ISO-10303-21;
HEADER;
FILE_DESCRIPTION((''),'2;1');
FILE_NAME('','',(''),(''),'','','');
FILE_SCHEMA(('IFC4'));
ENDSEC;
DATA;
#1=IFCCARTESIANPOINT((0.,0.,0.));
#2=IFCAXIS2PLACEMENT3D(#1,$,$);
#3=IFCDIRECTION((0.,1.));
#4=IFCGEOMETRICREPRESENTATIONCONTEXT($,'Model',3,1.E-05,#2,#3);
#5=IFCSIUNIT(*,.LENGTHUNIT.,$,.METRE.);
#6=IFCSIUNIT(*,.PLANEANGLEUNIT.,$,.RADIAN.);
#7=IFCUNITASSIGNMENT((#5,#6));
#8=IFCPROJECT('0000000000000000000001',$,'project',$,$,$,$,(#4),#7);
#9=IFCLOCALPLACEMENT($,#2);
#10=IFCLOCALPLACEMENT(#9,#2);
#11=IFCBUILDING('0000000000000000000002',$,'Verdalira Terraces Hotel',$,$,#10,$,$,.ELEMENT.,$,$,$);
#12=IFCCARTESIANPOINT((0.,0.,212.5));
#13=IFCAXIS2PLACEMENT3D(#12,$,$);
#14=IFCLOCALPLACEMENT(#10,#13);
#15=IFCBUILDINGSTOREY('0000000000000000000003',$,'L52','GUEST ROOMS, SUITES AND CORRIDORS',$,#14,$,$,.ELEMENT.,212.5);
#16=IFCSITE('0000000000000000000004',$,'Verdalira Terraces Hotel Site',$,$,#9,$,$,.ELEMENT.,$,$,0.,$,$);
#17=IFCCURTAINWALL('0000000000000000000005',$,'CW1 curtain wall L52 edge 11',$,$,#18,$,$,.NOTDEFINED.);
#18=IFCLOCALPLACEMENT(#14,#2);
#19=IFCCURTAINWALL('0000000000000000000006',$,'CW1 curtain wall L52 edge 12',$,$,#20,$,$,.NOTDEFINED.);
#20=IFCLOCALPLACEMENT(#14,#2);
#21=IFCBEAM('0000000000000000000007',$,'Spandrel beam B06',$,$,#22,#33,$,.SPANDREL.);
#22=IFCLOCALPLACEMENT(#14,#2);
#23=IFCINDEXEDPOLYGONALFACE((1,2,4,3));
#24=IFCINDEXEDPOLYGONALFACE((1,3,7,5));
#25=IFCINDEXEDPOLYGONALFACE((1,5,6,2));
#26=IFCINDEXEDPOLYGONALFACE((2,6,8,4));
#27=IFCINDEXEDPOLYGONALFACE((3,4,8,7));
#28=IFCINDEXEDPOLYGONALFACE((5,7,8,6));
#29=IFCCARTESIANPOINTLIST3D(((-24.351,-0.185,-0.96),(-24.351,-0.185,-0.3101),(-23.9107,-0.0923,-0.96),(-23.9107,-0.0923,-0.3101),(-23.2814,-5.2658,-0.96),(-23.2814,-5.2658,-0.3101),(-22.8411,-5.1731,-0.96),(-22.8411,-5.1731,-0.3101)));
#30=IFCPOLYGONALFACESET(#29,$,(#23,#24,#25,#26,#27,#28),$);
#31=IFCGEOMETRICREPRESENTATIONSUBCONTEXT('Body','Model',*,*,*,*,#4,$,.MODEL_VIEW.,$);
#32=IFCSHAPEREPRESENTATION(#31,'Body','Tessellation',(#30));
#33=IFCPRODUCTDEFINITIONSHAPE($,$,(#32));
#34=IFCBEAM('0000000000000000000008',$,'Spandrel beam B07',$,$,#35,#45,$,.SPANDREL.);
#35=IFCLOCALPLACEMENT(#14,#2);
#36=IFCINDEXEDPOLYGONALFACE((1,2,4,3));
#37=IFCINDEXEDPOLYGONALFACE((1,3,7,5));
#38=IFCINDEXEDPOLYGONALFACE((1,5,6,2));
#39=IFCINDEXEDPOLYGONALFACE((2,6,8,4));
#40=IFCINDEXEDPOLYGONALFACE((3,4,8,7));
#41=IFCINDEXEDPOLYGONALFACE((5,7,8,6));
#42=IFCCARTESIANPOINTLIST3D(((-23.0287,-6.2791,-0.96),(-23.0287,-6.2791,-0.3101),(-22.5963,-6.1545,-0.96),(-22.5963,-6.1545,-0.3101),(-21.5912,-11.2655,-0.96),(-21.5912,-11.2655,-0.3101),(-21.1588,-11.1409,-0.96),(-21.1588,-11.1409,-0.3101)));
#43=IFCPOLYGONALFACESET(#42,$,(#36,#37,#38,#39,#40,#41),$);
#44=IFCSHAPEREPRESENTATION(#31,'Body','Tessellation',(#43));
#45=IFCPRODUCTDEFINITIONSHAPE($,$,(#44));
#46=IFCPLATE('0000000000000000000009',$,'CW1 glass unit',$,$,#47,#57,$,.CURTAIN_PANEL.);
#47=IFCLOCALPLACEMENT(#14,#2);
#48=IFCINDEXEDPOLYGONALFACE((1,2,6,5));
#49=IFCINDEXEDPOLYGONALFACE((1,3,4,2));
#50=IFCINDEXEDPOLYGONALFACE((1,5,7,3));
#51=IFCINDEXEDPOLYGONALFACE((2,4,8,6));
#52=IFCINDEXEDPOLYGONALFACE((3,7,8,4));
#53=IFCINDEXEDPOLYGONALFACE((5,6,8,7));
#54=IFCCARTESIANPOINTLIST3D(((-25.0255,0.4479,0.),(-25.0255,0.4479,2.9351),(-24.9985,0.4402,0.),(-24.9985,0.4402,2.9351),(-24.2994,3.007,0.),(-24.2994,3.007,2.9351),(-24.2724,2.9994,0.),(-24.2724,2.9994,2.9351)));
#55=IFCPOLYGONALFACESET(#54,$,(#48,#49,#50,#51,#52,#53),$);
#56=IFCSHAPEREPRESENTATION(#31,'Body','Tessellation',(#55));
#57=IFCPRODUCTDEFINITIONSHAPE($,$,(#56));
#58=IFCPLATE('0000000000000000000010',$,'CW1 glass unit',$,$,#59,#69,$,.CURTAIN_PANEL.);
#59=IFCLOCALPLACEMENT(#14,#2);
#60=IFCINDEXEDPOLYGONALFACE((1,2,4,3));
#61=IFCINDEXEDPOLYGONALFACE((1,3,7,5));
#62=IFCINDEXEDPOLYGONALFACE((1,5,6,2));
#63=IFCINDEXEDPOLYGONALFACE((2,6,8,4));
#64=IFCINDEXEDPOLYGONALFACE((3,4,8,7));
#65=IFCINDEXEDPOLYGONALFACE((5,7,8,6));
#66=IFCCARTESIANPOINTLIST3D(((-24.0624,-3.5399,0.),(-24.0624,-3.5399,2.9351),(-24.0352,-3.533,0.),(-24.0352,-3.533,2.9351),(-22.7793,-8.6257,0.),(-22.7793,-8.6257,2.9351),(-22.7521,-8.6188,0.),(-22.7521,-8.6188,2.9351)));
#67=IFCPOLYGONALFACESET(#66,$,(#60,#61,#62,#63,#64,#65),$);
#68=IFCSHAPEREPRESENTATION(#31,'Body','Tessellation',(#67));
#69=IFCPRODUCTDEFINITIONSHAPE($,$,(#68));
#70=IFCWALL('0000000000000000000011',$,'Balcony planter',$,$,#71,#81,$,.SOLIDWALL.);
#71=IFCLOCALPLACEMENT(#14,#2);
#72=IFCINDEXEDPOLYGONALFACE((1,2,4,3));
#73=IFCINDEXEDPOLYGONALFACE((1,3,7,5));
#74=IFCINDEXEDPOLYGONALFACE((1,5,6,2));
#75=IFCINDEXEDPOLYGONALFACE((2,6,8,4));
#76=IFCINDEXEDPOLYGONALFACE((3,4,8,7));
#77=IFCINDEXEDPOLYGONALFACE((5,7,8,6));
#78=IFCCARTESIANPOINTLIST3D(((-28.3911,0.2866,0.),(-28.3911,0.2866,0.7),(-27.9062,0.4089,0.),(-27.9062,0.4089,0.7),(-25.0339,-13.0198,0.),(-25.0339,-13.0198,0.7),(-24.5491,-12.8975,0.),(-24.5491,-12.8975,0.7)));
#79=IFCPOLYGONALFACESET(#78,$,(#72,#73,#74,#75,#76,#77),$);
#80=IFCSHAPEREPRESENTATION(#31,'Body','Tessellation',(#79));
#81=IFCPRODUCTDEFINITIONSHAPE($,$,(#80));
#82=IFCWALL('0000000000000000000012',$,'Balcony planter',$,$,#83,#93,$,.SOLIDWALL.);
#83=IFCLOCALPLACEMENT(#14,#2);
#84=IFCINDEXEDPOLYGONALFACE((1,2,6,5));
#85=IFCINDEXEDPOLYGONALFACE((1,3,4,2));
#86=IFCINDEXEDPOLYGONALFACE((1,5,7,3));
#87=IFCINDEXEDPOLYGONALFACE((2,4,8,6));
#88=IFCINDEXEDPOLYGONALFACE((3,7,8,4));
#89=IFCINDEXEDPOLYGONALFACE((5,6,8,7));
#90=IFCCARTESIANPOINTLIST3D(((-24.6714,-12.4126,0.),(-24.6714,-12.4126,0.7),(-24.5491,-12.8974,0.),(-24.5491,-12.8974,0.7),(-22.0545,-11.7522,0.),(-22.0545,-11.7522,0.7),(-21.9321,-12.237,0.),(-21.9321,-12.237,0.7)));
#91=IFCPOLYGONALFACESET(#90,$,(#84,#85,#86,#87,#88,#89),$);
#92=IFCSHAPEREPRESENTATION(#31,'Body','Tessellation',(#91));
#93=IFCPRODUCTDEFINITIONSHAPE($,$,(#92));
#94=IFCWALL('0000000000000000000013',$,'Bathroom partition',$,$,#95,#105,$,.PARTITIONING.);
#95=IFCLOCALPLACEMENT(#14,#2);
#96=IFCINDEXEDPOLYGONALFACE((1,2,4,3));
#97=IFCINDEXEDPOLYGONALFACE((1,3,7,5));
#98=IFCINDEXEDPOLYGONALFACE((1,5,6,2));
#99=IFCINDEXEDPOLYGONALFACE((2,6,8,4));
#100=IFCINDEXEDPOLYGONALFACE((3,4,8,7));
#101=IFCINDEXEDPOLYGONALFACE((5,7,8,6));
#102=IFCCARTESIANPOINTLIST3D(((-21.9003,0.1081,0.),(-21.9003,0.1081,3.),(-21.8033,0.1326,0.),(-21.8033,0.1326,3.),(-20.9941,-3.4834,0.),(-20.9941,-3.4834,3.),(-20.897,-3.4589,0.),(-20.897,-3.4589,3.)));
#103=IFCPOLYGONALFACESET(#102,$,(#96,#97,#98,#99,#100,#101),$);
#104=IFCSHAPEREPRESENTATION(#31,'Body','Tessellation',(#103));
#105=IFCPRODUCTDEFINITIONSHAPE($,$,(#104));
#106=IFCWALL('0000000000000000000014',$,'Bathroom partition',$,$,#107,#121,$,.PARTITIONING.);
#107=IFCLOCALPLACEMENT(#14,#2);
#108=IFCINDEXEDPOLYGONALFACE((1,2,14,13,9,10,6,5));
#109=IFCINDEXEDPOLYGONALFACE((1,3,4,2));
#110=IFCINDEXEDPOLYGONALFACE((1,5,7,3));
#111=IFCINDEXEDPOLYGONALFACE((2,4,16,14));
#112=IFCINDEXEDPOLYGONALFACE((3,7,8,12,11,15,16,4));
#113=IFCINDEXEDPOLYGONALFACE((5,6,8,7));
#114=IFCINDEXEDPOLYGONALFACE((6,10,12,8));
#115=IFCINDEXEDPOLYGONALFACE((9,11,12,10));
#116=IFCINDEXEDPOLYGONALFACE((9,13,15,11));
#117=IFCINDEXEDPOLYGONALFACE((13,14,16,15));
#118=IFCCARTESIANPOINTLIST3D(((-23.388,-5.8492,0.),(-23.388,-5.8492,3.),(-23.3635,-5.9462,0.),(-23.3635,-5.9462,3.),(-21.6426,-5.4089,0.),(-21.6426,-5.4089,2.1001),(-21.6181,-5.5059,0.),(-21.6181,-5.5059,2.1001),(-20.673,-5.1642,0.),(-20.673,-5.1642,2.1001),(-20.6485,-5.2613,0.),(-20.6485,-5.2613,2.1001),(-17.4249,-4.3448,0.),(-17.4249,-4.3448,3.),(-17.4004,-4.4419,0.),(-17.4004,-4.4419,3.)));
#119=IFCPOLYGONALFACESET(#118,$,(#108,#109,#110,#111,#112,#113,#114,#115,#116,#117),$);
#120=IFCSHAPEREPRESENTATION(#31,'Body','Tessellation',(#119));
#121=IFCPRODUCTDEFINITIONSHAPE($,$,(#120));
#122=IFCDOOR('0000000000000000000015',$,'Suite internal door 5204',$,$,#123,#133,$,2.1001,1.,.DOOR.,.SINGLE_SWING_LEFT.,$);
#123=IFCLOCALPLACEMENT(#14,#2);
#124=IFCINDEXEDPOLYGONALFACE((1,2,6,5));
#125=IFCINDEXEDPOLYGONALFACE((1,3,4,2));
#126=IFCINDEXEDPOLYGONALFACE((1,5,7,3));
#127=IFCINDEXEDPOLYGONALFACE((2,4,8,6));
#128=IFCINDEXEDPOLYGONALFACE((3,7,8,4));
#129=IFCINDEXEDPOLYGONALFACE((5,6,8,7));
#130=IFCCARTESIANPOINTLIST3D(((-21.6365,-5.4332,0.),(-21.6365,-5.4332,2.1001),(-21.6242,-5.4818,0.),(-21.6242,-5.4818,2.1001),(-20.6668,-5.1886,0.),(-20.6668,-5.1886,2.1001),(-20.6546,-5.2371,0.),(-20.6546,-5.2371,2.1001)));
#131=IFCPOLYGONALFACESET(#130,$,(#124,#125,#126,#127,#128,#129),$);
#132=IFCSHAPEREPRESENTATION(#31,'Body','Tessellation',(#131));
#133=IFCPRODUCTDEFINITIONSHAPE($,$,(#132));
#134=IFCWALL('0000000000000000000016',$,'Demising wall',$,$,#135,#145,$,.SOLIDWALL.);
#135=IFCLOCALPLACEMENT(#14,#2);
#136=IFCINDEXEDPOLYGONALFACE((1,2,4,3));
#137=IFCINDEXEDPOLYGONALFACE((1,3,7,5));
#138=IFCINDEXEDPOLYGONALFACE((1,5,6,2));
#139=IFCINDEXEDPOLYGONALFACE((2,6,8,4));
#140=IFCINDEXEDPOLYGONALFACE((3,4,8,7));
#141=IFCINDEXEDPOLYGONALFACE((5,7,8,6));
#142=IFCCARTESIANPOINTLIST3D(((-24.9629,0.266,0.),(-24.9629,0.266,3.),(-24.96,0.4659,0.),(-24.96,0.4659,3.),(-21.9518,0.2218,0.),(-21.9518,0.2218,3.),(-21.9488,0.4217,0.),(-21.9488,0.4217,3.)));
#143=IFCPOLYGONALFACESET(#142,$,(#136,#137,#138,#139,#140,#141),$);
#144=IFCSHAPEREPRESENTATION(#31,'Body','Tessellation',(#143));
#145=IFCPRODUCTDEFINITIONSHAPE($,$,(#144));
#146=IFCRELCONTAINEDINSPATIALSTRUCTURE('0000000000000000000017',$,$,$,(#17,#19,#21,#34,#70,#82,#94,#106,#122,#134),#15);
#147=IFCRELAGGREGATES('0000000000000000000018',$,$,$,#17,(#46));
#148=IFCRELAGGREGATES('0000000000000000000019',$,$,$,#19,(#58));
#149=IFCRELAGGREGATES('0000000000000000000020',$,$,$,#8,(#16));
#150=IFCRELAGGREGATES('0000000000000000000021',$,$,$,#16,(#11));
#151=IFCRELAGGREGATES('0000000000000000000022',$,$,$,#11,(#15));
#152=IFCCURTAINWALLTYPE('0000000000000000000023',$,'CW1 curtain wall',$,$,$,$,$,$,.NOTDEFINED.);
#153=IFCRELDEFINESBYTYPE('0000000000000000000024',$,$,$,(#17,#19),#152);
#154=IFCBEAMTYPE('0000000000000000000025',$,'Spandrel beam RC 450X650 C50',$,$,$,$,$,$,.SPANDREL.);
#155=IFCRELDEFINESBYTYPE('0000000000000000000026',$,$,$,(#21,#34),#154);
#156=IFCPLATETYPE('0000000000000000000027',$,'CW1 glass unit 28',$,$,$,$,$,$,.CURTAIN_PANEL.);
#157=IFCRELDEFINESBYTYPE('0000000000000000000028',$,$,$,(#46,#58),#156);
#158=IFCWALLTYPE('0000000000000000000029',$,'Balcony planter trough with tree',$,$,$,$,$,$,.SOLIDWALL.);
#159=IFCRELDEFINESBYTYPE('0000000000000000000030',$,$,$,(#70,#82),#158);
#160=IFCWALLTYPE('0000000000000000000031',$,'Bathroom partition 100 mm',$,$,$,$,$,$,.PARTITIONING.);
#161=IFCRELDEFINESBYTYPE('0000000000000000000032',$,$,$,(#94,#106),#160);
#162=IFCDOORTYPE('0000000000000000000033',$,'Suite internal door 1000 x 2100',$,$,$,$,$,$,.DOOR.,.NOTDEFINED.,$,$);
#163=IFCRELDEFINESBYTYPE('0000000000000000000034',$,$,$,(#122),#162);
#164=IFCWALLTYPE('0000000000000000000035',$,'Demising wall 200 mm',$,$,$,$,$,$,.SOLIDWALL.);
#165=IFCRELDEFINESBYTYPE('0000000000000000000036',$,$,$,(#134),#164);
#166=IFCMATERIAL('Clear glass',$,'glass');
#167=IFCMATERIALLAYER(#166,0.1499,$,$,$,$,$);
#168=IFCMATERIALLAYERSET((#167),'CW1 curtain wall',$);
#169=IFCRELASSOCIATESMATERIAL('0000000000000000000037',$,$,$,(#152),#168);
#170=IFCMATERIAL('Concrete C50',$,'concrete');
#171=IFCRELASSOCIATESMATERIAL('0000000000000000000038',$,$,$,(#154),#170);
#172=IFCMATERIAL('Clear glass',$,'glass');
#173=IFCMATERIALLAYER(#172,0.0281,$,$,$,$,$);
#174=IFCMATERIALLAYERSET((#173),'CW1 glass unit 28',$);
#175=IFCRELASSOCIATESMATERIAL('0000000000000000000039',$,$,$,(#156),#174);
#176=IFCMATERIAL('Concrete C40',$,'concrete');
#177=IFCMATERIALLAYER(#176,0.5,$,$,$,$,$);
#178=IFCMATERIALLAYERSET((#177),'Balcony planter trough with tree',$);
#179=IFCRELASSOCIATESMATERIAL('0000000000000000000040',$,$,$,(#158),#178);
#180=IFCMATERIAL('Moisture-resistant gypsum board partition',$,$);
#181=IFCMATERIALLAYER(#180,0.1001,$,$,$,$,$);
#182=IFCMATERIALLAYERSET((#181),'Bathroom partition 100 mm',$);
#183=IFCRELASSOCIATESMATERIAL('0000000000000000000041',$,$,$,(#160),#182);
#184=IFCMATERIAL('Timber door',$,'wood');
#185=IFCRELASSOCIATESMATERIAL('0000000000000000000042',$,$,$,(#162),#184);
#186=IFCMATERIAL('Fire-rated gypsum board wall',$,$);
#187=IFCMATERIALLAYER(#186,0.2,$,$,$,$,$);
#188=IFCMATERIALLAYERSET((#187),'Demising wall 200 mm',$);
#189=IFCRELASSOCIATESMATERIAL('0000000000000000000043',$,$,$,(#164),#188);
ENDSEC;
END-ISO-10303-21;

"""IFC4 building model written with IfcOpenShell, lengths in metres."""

from ifc_helpers import new_model, si_unit, direction, frame, frame_2d, origin, origin_2d, place, context, subcontext, project, spatial, rectangle, extrude, material, layer, layer_set, material_profile, profile_set, type_object, element, fill, aggregate, save


model = new_model("IFC4")

# Units and contexts
model_context = context("Model", 3, precision=1e-05, world=origin(), true_north=direction((0.0, 1.0)))
body_context = subcontext(model_context, "Body", "Model", "MODEL_VIEW")
ifc_project = project(units=[si_unit("LENGTHUNIT", "METRE"), si_unit("PLANEANGLEUNIT", "RADIAN")], contexts=[model_context])

# Site, building, storey
site_placement = place(None, origin())
site = spatial("IfcSite", under=ifc_project, at=site_placement, Name="Verdalira Terraces Hotel Site", CompositionType="ELEMENT", RefElevation=0.0)
building_placement = place(site_placement, origin())
building = spatial("IfcBuilding", under=site, at=building_placement, Name="Verdalira Terraces Hotel", CompositionType="ELEMENT")
storey_placement = place(building_placement, frame((0.0, 0.0, 212.5)))
storey = spatial("IfcBuildingStorey", under=building, at=storey_placement, Name="L52", Description="GUEST ROOMS, SUITES AND CORRIDORS", CompositionType="ELEMENT", Elevation=212.5)

# Curtain wall
ifc_material_1 = material(Name="Clear glass", Category="glass")
ifc_layer_1 = layer(ifc_material_1, 0.1499)
ifc_layer_set_1 = layer_set([ifc_layer_1], Name="CW1 curtain wall")
curtain_wall_type = type_object("IfcCurtainWallType", Name="CW1 curtain wall", PredefinedType="NOTDEFINED", material=ifc_layer_set_1)
curtain_wall_1_placement = place(storey_placement, origin())
curtain_wall_1 = element("IfcCurtainWall", 1, at=curtain_wall_1_placement, inside=storey, type_object=curtain_wall_type, Name="CW1 curtain wall L52 edge 11", PredefinedType="NOTDEFINED")

# Curtain wall
curtain_wall_2_placement = place(storey_placement, origin())
curtain_wall_2 = element("IfcCurtainWall", 2, at=curtain_wall_2_placement, inside=storey, type_object=curtain_wall_type, Name="CW1 curtain wall L52 edge 12", PredefinedType="NOTDEFINED")

# Beams
ifc_material_2 = material(Name="Concrete C50", Category="concrete")
ifc_material_profile_1 = material_profile(ifc_material_2, rectangle(XDim=0.45, YDim=0.6499, at=origin_2d()), Name="RC 450X650")
ifc_profile_set_1 = profile_set([ifc_material_profile_1], Name="Concrete C50")
beam_type_1 = type_object("IfcBeamType", Name="Spandrel beam RC 450X650 C50", PredefinedType="SPANDREL", material=ifc_profile_set_1)
beam_1_placement = place(storey_placement, frame((-24.1309, -0.1387, -0.635), z_axis=(0.205999, -0.978552, 0.0), x_axis=(0.978552, 0.205999, 0.0)))
element("IfcBeam", 3, at=beam_1_placement, inside=storey, type_object=beam_type_1, Name="Spandrel beam B06", PredefinedType="SPANDREL", context=body_context, shape_type="SweptSolid", body=[
    extrude(rectangle(XDim=0.45, YDim=0.6499, at=origin_2d()), origin(), (0.0, 0.0, 1.0), 5.1921),
])
beam_2_placement = place(storey_placement, frame((-22.8125, -6.2168, -0.635), z_axis=(0.277007, -0.960868, 0.0), x_axis=(0.960868, 0.277007, 0.0)))
element("IfcBeam", 4, at=beam_2_placement, inside=storey, type_object=beam_type_1, Name="Spandrel beam B07", PredefinedType="SPANDREL", context=body_context, shape_type="SweptSolid", body=[
    extrude(rectangle(XDim=0.45, YDim=0.6499, at=origin_2d()), origin(), (0.0, 0.0, 1.0), 5.1895),
])

# Plates
ifc_material_3 = material(Name="Clear glass", Category="glass")
ifc_layer_2 = layer(ifc_material_3, 0.0281)
ifc_layer_set_2 = layer_set([ifc_layer_2], Name="CW1 glass unit 28")
plate_type = type_object("IfcPlateType", Name="CW1 glass unit 28", PredefinedType="CURTAIN_PANEL", material=ifc_layer_set_2)
plate_1_placement = place(storey_placement, frame((-24.6489, 1.7236, 0.0), z_axis=(0.0, 0.0, 1.0), x_axis=(-0.272952, -0.962028, 0.0)))
plate_1 = element("IfcPlate", 5, at=plate_1_placement, type_object=plate_type, Name="CW1 glass unit", PredefinedType="CURTAIN_PANEL", context=body_context, shape_type="SweptSolid", body=[
    extrude(rectangle(XDim=2.6602, YDim=0.0281, at=origin_2d()), origin(), (0.0, 0.0, 1.0), 2.9351),
])
aggregate(curtain_wall_1, [plate_1])
plate_2_placement = place(storey_placement, frame((-23.4072, -6.0793, 0.0), z_axis=(0.0, 0.0, 1.0), x_axis=(0.244631, -0.969616, 0.0)))
plate_2 = element("IfcPlate", 6, at=plate_2_placement, type_object=plate_type, Name="CW1 glass unit", PredefinedType="CURTAIN_PANEL", context=body_context, shape_type="SweptSolid", body=[
    extrude(rectangle(XDim=5.2451, YDim=0.0281, at=origin_2d()), origin(), (0.0, 0.0, 1.0), 2.9351),
])
aggregate(curtain_wall_2, [plate_2])

# Walls
ifc_material_4 = material(Name="Concrete C40", Category="concrete")
ifc_layer_3 = layer(ifc_material_4, 0.5)
ifc_layer_set_3 = layer_set([ifc_layer_3], Name="Balcony planter trough with tree")
wall_type_1 = type_object("IfcWallType", Name="Balcony planter trough with tree", PredefinedType="SOLIDWALL", material=ifc_layer_set_3)
wall_1_placement = place(storey_placement, frame((-28.1487, 0.3479, 0.0), z_axis=(0.0, 0.0, 1.0), x_axis=(0.244632, -0.969616, 0.0)))
element("IfcWall", 7, at=wall_1_placement, inside=storey, type_object=wall_type_1, Name="Balcony planter", PredefinedType="SOLIDWALL", context=body_context, shape_type="SweptSolid", body=[
    extrude(rectangle(XDim=13.7234, YDim=0.5, at=frame_2d((6.8618, 0.0))), origin(), (0.0, 0.0, 1.0), 0.7),
])
wall_2_placement = place(storey_placement, frame((-24.6104, -12.655, 0.0), z_axis=(0.0, 0.0, 1.0), x_axis=(0.969603, 0.244685, 0.0)))
element("IfcWall", 8, at=wall_2_placement, inside=storey, type_object=wall_type_1, Name="Balcony planter", PredefinedType="SOLIDWALL", context=body_context, shape_type="SweptSolid", body=[
    extrude(rectangle(XDim=2.699, YDim=0.5, at=frame_2d((1.3496, 0.0))), origin(), (0.0, 0.0, 1.0), 0.7),
])
ifc_material_5 = material(Name="Moisture-resistant gypsum board partition")
ifc_layer_4 = layer(ifc_material_5, 0.1001)
ifc_layer_set_4 = layer_set([ifc_layer_4], Name="Bathroom partition 100 mm")
wall_type_2 = type_object("IfcWallType", Name="Bathroom partition 100 mm", PredefinedType="PARTITIONING", material=ifc_layer_set_4)
wall_3_placement = place(storey_placement, frame((-21.8518, 0.1204, 0.0), z_axis=(0.0, 0.0, 1.0), x_axis=(0.24466, -0.969609, 0.0)))
element("IfcWall", 9, at=wall_3_placement, inside=storey, type_object=wall_type_2, Name="Bathroom partition", PredefinedType="PARTITIONING", context=body_context, shape_type="SweptSolid", body=[
    extrude(rectangle(XDim=3.7041, YDim=0.1001, at=frame_2d((1.8521, 0.0))), origin(), (0.0, 0.0, 1.0), 3.0),
])

# Wall, opening, door
wall_4_placement = place(storey_placement, frame((-23.3757, -5.8977, 0.0), z_axis=(0.0, 0.0, 1.0), x_axis=(0.96962, 0.244618, 0.0)))
wall_4 = element("IfcWall", 10, at=wall_4_placement, inside=storey, type_object=wall_type_2, Name="Bathroom partition", PredefinedType="PARTITIONING", context=body_context, shape_type="SweptSolid", body=[
    extrude(rectangle(XDim=6.1499, YDim=0.1001, at=frame_2d((3.075, 0.0))), origin(), (0.0, 0.0, 1.0), 3.0),
])
opening_1_placement = place(wall_4_placement, frame((1.8, 0.0, 0.0)))
opening_1 = element("IfcOpeningElement", 11, at=opening_1_placement, cuts=wall_4, PredefinedType="OPENING", context=body_context, shape_type="SweptSolid", body=[
    extrude(rectangle(XDim=1.0, YDim=2.1001, at=frame_2d((0.5, 1.05))), frame((0.0, 0.0601, 0.0), z_axis=(0.0, -1.0, 0.0), x_axis=(1.0, 0.0, 0.0)), (0.0, 0.0, 1.0), 0.1201),
])
ifc_material_6 = material(Name="Timber door", Category="wood")
door_type_1 = type_object("IfcDoorType", Name="Suite internal door 1000 x 2100", OperationType="NOTDEFINED", PredefinedType="DOOR", material=ifc_material_6)
door_1_placement = place(opening_1_placement, origin())
door_1 = element("IfcDoor", 12, at=door_1_placement, inside=storey, type_object=door_type_1, Name="Suite internal door 5204", OperationType="SINGLE_SWING_LEFT", OverallHeight=2.1001, OverallWidth=1.0, PredefinedType="DOOR", context=body_context, shape_type="SweptSolid", body=[
    extrude(rectangle(XDim=1.0, YDim=2.1001, at=frame_2d((0.5, 1.05))), frame((0.0, 0.0249, 0.0), z_axis=(0.0, -1.0, 0.0), x_axis=(1.0, 0.0, 0.0)), (0.0, 0.0, 1.0), 0.05),
])
fill(opening_1, door_1)

# Wall
ifc_material_7 = material(Name="Fire-rated gypsum board wall")
ifc_layer_5 = layer(ifc_material_7, 0.2)
ifc_layer_set_5 = layer_set([ifc_layer_5], Name="Demising wall 200 mm")
wall_type_3 = type_object("IfcWallType", Name="Demising wall 200 mm", PredefinedType="SOLIDWALL", material=ifc_layer_set_5)
wall_5_placement = place(storey_placement, frame((-21.9502, 0.3218, 0.0), z_axis=(0.0, 0.0, 1.0), x_axis=(-0.999892, 0.014673, 0.0)))
element("IfcWall", 13, at=wall_5_placement, inside=storey, type_object=wall_type_3, Name="Demising wall", PredefinedType="SOLIDWALL", context=body_context, shape_type="SweptSolid", body=[
    extrude(rectangle(XDim=3.0115, YDim=0.2, at=frame_2d((1.5059, 0.0))), origin(), (0.0, 0.0, 1.0), 3.0),
])

save(model, "model.ifc")
